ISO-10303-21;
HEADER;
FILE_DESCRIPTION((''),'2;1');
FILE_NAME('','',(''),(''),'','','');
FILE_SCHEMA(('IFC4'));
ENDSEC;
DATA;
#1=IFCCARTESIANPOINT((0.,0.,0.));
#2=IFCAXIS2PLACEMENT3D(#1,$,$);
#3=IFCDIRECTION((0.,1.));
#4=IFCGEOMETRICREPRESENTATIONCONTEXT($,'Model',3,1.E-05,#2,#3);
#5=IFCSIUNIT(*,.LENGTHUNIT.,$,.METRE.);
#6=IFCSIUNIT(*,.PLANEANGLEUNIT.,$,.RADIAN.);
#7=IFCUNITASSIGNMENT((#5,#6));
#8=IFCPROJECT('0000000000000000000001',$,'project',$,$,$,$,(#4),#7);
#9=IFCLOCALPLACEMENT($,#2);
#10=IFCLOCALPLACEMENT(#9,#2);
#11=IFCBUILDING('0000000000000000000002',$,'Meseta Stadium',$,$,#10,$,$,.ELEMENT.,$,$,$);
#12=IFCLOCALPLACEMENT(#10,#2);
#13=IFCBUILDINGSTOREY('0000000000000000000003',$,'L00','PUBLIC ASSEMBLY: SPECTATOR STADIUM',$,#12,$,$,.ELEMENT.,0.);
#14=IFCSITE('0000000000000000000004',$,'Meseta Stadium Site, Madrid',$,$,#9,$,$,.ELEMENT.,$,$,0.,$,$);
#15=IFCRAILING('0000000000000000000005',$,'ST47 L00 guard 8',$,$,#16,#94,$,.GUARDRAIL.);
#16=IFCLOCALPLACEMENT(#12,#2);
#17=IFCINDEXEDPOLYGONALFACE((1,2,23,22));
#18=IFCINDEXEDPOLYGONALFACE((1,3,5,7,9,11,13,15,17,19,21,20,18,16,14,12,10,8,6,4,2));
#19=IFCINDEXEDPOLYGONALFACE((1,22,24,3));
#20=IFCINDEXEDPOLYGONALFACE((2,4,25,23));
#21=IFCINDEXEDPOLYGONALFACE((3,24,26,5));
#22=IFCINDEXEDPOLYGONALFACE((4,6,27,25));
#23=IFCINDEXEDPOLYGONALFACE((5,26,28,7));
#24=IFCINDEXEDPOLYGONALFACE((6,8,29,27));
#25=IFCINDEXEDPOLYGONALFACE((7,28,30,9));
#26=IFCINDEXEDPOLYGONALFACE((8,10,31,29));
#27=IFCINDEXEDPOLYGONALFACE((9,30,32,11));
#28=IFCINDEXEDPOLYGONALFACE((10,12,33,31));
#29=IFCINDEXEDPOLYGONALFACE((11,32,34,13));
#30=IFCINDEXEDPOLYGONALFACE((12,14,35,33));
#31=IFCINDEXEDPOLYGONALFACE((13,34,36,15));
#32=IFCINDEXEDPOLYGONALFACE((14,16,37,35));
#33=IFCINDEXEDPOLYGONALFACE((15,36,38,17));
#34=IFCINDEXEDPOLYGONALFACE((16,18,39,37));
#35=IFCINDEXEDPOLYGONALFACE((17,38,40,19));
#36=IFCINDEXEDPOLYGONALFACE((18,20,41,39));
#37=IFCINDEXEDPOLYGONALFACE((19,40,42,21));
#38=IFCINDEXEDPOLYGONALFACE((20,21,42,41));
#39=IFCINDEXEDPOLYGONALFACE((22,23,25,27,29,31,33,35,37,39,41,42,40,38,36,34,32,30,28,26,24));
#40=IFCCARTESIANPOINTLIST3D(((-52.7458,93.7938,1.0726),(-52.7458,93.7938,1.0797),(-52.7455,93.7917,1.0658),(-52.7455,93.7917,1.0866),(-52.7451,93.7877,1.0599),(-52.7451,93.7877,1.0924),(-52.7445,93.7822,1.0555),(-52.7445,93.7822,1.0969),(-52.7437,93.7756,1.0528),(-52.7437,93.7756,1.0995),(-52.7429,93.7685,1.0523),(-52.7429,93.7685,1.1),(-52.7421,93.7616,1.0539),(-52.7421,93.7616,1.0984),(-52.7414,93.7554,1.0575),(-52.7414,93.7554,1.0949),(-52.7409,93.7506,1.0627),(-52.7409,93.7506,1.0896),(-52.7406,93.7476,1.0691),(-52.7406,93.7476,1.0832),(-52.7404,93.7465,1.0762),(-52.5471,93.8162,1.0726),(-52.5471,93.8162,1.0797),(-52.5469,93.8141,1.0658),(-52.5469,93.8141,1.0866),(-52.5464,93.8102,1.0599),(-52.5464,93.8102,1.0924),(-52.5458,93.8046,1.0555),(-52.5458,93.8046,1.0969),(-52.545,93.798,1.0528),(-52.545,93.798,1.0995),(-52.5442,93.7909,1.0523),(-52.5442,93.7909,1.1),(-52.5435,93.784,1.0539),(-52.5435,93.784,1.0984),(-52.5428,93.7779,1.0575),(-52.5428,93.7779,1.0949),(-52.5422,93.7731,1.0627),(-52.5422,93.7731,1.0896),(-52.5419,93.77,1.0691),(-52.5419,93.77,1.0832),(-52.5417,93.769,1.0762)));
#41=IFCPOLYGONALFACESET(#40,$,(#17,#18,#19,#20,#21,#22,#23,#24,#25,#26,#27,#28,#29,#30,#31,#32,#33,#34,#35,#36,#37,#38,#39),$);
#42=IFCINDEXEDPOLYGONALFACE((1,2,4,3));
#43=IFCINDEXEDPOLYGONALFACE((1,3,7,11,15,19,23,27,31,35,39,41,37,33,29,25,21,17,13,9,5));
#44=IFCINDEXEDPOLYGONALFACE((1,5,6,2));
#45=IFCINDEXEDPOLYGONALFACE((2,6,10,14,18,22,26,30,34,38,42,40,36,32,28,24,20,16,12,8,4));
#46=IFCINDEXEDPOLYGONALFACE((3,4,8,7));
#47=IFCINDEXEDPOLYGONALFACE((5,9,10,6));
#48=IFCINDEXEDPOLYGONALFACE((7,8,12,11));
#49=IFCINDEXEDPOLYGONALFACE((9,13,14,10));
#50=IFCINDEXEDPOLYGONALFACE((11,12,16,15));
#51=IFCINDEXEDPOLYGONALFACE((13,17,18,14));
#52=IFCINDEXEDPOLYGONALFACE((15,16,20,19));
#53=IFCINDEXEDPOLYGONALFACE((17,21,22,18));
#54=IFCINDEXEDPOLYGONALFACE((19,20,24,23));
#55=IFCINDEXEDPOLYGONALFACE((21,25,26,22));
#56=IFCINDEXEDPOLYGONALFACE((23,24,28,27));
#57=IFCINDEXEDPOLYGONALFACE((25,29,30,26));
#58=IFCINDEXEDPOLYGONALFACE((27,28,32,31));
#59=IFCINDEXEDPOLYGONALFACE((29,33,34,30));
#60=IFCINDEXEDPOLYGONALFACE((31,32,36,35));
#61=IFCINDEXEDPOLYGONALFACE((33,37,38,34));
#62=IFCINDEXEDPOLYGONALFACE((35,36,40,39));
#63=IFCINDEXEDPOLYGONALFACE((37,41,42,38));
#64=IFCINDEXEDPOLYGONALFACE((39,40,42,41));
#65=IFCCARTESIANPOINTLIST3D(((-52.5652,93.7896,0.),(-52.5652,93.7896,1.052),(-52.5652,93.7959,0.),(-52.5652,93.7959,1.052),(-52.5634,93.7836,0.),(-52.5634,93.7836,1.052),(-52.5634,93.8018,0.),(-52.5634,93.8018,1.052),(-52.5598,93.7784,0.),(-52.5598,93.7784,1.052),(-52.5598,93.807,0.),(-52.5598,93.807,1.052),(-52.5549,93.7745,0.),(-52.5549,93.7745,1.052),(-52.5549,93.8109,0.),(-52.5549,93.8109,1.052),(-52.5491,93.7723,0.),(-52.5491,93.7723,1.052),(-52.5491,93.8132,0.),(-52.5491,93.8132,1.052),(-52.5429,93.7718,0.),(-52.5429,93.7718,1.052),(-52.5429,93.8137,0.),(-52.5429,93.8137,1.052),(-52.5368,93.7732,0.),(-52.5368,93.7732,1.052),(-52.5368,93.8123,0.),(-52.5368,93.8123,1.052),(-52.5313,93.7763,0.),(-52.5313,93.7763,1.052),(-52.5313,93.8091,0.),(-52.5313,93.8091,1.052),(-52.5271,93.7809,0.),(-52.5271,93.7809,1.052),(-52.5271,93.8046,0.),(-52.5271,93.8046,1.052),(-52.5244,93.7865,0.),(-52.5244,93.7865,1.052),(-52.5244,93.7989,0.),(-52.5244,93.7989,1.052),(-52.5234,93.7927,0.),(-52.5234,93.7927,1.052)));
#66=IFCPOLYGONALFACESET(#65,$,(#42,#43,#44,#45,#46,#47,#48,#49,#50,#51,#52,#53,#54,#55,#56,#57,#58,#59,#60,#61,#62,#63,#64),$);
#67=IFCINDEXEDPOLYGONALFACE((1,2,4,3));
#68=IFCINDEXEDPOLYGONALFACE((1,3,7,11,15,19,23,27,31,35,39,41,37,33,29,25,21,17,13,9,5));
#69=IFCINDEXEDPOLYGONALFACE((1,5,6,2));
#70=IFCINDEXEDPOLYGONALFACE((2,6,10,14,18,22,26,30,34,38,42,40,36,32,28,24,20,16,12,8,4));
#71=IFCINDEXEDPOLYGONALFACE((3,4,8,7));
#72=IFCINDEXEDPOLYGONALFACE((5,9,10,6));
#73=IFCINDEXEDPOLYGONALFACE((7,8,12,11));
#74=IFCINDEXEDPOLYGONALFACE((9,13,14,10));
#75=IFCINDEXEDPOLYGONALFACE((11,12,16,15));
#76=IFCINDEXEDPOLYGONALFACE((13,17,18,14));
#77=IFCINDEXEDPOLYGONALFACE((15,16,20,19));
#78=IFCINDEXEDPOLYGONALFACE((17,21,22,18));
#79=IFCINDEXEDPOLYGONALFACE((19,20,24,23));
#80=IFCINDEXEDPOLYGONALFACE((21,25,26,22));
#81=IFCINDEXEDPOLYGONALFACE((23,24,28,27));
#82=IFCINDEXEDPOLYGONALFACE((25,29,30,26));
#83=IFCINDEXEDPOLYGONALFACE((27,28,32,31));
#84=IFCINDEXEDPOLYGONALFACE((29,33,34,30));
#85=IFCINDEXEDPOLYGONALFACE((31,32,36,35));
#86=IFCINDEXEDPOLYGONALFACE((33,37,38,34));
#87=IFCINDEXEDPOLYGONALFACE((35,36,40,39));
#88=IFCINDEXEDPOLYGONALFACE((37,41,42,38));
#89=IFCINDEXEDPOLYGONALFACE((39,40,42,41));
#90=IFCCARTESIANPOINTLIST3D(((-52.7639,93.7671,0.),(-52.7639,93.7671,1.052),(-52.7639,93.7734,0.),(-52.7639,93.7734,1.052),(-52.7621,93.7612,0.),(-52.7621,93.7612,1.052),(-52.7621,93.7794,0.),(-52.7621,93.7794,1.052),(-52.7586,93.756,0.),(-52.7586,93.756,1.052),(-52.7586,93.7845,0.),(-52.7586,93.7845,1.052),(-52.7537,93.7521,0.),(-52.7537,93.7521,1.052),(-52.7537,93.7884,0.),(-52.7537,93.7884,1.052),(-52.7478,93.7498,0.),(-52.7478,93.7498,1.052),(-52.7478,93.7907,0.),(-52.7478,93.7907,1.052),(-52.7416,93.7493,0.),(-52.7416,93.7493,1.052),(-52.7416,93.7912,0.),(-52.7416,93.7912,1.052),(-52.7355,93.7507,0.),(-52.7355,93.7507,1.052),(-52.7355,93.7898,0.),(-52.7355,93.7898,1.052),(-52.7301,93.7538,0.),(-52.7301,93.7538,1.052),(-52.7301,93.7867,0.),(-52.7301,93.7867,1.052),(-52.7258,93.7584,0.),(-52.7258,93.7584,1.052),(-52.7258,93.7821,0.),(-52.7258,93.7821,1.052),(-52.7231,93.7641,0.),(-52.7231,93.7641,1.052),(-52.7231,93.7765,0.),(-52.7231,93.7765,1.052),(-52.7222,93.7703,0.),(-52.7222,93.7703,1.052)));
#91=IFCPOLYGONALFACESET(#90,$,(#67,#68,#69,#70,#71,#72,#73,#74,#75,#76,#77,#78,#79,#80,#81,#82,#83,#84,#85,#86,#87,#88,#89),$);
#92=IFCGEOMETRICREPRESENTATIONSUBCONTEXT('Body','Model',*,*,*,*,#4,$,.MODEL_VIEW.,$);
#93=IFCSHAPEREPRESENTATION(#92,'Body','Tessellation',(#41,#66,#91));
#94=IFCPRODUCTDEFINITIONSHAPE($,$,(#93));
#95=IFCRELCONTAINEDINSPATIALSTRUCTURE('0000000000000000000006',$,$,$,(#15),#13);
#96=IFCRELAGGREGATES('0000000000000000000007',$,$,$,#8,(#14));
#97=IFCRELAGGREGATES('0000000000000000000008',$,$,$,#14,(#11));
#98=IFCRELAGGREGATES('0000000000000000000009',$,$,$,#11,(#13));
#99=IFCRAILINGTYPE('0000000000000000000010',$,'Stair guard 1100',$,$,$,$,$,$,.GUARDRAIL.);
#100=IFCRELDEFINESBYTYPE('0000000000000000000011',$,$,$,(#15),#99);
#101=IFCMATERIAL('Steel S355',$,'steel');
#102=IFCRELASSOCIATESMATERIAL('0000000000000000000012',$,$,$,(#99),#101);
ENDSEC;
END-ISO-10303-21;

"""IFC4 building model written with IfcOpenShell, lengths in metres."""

from ifc_helpers import new_model, si_unit, direction, frame, origin, origin_2d, place, context, subcontext, project, spatial, circle, extrude, material, type_object, element, save


model = new_model("IFC4")

# Units and contexts
model_context = context("Model", 3, precision=1e-05, world=origin(), true_north=direction((0.0, 1.0)))
body_context = subcontext(model_context, "Body", "Model", "MODEL_VIEW")
ifc_project = project(units=[si_unit("LENGTHUNIT", "METRE"), si_unit("PLANEANGLEUNIT", "RADIAN")], contexts=[model_context])

# Site, building, storey
site_placement = place(None, origin())
site = spatial("IfcSite", under=ifc_project, at=site_placement, Name="Meseta Stadium Site, Madrid", CompositionType="ELEMENT", RefElevation=0.0)
building_placement = place(site_placement, origin())
building = spatial("IfcBuilding", under=site, at=building_placement, Name="Meseta Stadium", CompositionType="ELEMENT")
storey_placement = place(building_placement, origin())
storey = spatial("IfcBuildingStorey", under=building, at=storey_placement, Name="L00", Description="PUBLIC ASSEMBLY: SPECTATOR STADIUM", CompositionType="ELEMENT", Elevation=0.0)

# Railing
ifc_material_1 = material(Name="Steel S355", Category="steel")
railing_type_1 = type_object("IfcRailingType", Name="Stair guard 1100", PredefinedType="GUARDRAIL", material=ifc_material_1)
railing_1_placement = place(storey_placement, frame((-52.5444, 93.7927, 0.0)))
element("IfcRailing", 1, at=railing_1_placement, inside=storey, type_object=railing_type_1, Name="ST47 L00 guard 8", PredefinedType="GUARDRAIL", context=body_context, shape_type="SweptSolid", body=[
    extrude(circle(Radius=0.0239, at=origin_2d()), frame((0.0, 0.0, 1.0762), z_axis=(-0.993674, -0.112307, 0.0), x_axis=(0.112307, -0.993674, 0.0)), (0.0, 0.0, 1.0), 0.2),
    extrude(circle(Radius=0.021, at=origin_2d()), origin(), (0.0, 0.0, 1.0), 1.052),
    extrude(circle(Radius=0.021, at=origin_2d()), frame((-0.1987, -0.0225, 0.0)), (0.0, 0.0, 1.0), 1.052),
])

save(model, "model.ifc")
